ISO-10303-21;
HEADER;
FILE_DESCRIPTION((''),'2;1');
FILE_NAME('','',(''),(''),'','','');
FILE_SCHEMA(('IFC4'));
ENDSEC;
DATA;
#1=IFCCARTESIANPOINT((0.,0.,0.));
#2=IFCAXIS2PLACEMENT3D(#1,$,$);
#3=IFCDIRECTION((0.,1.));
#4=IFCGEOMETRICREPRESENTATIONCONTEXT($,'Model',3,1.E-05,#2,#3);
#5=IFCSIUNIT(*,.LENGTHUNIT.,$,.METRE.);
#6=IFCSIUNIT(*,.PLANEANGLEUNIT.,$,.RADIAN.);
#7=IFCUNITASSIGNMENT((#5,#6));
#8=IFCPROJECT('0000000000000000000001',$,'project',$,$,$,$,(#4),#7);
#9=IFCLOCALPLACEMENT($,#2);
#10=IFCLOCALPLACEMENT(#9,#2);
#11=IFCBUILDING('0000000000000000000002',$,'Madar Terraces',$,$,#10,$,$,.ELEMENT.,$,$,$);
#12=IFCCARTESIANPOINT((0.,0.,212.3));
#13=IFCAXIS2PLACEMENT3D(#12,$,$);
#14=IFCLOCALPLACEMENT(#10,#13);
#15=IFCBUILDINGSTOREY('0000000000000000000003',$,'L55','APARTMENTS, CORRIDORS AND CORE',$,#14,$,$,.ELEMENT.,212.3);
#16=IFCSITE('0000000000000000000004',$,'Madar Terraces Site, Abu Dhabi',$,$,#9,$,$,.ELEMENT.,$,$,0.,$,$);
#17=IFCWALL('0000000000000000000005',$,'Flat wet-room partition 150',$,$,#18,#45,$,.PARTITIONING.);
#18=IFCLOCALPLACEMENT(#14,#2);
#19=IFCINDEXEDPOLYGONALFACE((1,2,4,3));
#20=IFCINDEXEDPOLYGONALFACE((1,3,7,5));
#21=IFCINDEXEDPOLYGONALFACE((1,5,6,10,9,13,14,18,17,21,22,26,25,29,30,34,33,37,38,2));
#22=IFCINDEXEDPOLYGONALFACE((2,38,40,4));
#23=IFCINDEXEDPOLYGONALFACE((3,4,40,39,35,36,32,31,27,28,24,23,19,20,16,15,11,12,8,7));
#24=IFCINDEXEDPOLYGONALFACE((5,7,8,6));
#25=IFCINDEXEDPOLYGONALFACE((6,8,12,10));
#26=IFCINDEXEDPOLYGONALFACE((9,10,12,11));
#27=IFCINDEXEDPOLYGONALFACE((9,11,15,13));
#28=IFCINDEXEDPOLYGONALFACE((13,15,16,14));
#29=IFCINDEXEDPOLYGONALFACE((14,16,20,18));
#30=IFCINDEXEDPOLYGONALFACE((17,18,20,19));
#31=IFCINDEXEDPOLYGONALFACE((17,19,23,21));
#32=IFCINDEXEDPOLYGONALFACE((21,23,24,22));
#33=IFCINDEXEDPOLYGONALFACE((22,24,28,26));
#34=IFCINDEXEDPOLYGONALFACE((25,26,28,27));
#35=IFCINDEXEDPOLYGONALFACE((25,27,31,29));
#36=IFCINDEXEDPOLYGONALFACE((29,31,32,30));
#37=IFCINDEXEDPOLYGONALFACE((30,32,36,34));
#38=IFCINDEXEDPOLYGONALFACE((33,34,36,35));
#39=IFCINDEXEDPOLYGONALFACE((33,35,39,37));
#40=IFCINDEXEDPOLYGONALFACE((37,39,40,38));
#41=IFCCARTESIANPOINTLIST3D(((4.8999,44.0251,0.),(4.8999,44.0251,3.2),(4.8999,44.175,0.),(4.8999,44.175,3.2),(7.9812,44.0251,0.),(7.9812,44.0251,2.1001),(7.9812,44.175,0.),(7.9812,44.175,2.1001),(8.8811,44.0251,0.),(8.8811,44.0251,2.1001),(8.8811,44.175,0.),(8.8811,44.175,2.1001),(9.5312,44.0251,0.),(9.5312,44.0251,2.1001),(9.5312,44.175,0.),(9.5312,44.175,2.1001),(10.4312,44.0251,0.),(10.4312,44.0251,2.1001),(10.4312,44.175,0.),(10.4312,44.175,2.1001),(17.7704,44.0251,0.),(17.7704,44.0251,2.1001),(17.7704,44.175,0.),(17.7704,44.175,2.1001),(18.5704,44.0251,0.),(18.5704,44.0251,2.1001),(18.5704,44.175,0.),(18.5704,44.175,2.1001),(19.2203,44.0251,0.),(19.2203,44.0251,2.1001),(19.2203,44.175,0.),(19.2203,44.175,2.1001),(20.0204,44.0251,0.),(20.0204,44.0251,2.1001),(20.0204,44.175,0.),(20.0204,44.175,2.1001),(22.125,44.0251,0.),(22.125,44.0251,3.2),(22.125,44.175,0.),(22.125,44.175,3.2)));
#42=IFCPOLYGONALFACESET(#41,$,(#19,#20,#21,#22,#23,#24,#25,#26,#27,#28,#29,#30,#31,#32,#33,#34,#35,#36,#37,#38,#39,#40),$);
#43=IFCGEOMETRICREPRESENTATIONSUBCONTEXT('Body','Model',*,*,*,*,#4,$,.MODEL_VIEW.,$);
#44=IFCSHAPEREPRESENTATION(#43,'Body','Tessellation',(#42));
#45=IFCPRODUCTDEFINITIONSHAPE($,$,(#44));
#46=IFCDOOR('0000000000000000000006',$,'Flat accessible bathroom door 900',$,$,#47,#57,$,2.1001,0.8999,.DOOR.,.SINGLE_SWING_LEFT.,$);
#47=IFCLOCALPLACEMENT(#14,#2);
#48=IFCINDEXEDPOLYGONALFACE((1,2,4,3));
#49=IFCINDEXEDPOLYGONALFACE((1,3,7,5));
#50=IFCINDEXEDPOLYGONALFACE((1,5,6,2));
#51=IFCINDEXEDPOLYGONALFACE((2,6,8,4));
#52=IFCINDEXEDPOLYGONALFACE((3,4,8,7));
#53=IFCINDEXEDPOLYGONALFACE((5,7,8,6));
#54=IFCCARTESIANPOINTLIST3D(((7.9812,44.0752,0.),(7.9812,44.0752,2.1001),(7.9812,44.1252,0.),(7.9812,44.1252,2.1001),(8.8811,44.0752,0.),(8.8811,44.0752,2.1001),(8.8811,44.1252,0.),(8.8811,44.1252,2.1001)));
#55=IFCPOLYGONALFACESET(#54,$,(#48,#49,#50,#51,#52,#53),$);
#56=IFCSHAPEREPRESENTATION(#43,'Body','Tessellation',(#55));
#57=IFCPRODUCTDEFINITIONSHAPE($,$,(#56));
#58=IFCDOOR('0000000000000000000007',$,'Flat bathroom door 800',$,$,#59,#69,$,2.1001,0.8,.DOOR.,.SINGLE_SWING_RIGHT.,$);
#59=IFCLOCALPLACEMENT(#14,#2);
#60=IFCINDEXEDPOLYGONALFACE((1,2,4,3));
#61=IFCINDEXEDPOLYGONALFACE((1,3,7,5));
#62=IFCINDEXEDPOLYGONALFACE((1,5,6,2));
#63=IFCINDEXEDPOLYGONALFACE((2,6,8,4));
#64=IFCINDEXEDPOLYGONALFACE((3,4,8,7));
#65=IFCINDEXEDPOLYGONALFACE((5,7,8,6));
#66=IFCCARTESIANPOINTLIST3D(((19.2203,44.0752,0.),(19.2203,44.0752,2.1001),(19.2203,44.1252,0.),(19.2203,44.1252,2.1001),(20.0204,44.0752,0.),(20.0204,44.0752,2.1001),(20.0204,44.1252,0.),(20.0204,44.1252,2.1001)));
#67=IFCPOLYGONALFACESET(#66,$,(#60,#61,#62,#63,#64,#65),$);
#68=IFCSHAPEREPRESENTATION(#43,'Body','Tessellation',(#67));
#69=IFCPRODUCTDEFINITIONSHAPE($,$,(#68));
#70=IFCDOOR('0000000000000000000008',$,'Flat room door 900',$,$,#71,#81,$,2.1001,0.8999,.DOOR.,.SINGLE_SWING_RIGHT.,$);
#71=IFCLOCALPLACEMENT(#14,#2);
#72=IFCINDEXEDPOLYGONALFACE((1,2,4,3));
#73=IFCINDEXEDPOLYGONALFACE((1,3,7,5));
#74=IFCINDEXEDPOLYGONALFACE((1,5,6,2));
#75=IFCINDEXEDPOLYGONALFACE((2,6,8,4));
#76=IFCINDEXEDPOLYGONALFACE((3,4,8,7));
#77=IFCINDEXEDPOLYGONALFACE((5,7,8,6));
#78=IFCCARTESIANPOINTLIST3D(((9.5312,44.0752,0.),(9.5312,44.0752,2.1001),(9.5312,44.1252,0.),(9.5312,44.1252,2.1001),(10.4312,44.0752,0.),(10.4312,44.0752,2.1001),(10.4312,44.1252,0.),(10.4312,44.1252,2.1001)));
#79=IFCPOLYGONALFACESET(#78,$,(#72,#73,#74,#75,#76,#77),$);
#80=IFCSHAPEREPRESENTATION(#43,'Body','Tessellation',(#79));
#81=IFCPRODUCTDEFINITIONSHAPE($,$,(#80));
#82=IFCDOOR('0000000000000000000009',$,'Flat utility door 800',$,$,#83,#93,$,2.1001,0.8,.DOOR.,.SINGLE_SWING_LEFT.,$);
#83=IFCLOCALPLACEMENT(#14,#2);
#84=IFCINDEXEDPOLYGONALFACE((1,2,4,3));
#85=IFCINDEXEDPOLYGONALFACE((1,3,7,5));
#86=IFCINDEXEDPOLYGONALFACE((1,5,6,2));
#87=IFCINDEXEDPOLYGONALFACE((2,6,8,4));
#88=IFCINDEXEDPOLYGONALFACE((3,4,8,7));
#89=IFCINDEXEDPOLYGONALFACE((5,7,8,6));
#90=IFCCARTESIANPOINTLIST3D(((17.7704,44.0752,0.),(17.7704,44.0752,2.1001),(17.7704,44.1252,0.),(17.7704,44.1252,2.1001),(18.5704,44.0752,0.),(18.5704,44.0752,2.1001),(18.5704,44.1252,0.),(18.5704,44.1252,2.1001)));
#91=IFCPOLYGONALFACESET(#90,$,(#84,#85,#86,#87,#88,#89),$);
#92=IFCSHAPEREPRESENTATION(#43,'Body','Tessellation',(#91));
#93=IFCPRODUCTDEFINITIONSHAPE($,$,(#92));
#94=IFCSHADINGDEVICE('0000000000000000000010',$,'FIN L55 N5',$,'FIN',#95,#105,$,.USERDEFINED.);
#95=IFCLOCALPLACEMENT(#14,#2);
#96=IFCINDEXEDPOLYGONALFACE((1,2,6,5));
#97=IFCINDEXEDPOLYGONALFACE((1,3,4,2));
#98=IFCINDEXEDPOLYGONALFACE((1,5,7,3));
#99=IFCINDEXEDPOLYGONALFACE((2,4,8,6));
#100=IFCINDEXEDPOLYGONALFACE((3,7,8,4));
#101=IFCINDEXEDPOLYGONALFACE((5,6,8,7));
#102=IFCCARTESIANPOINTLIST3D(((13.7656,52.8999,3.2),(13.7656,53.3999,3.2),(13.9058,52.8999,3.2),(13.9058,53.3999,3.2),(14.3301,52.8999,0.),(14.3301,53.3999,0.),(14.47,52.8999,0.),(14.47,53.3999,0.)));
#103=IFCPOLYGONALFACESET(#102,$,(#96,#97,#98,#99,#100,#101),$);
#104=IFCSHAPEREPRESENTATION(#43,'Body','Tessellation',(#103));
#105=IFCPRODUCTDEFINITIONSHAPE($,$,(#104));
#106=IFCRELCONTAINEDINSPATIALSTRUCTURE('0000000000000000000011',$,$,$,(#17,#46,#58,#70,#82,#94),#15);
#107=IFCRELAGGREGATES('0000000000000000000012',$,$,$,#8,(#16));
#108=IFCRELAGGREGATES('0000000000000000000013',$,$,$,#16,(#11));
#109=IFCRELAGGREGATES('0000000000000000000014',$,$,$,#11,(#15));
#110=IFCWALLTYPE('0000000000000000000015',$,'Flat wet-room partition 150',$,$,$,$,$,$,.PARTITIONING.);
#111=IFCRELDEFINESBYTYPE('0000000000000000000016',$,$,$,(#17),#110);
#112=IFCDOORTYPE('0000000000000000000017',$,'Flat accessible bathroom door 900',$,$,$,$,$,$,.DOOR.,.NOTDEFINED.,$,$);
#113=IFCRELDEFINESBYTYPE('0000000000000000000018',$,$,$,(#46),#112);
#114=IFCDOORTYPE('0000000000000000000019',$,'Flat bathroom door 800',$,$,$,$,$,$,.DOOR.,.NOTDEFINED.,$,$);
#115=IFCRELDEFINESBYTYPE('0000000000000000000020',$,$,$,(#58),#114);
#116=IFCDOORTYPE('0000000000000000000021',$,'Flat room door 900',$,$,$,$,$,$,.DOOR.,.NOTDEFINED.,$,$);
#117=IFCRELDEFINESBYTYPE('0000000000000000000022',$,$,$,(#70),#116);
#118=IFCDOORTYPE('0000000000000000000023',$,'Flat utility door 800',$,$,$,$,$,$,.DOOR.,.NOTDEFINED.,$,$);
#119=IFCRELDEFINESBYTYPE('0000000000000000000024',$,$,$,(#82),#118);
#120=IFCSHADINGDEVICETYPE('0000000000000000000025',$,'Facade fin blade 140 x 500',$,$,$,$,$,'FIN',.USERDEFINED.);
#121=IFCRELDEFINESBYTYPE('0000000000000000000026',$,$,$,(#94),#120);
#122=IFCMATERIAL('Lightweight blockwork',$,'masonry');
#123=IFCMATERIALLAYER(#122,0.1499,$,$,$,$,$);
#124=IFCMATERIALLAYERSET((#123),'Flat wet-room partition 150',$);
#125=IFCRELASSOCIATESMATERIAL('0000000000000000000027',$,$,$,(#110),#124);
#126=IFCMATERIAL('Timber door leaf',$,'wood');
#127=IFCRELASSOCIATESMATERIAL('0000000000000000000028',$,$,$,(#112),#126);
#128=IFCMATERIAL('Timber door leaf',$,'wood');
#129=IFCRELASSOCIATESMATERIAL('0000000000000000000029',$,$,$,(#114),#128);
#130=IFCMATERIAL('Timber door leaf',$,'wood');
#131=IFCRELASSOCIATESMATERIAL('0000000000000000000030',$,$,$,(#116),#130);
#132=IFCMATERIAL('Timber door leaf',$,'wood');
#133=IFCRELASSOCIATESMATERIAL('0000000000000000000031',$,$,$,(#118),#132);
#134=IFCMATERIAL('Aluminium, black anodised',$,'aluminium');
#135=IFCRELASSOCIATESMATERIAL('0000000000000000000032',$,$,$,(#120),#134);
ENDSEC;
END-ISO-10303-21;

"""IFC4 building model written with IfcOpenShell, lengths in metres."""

from ifc_helpers import new_model, si_unit, direction, frame, frame_2d, origin, place, context, subcontext, project, spatial, polyline, rectangle, outline, extrude, material, layer, layer_set, type_object, element, fill, save


model = new_model("IFC4")

# Units and contexts
model_context = context("Model", 3, precision=1e-05, world=origin(), true_north=direction((0.0, 1.0)))
body_context = subcontext(model_context, "Body", "Model", "MODEL_VIEW")
ifc_project = project(units=[si_unit("LENGTHUNIT", "METRE"), si_unit("PLANEANGLEUNIT", "RADIAN")], contexts=[model_context])

# Site, building, storey
site_placement = place(None, origin())
site = spatial("IfcSite", under=ifc_project, at=site_placement, Name="Madar Terraces Site, Abu Dhabi", CompositionType="ELEMENT", RefElevation=0.0)
building_placement = place(site_placement, origin())
building = spatial("IfcBuilding", under=site, at=building_placement, Name="Madar Terraces", CompositionType="ELEMENT")
storey_placement = place(building_placement, frame((0.0, 0.0, 212.3)))
storey = spatial("IfcBuildingStorey", under=building, at=storey_placement, Name="L55", Description="APARTMENTS, CORRIDORS AND CORE", CompositionType="ELEMENT", Elevation=212.3)

# Shared definitions
ifc_material_1 = material(Name="Lightweight blockwork", Category="masonry")
ifc_layer_1 = layer(ifc_material_1, 0.1499)
ifc_layer_set_1 = layer_set([ifc_layer_1], Name="Flat wet-room partition 150")
wall_type_1 = type_object("IfcWallType", Name="Flat wet-room partition 150", PredefinedType="PARTITIONING", material=ifc_layer_set_1)

# Wall, openings, doors
wall_1_placement = place(storey_placement, frame((22.125, 44.1001, 0.0), z_axis=(0.0, 0.0, 1.0), x_axis=(-1.0, 0.0, 0.0)))
wall_1 = element("IfcWall", 1, at=wall_1_placement, inside=storey, type_object=wall_type_1, Name="Flat wet-room partition 150", PredefinedType="PARTITIONING", context=body_context, shape_type="SweptSolid", body=[
    extrude(rectangle(XDim=17.2251, YDim=0.1499, at=frame_2d((8.6125, 0.0))), origin(), (0.0, 0.0, 1.0), 3.2),
])
opening_1_placement = place(wall_1_placement, frame((2.1047, 0.0, 0.0)))
opening_1 = element("IfcOpeningElement", 2, at=opening_1_placement, cuts=wall_1, PredefinedType="OPENING", context=body_context, shape_type="SweptSolid", body=[
    extrude(rectangle(XDim=0.8, YDim=2.1001, at=frame_2d((0.3999, 1.05))), frame((0.0, 0.085, 0.0), z_axis=(0.0, -1.0, 0.0), x_axis=(1.0, 0.0, 0.0)), (0.0, 0.0, 1.0), 0.1699),
])
opening_2_placement = place(wall_1_placement, frame((3.5547, 0.0, 0.0)))
opening_2 = element("IfcOpeningElement", 3, at=opening_2_placement, cuts=wall_1, PredefinedType="OPENING", context=body_context, shape_type="SweptSolid", body=[
    extrude(rectangle(XDim=0.8, YDim=2.1001, at=frame_2d((0.3999, 1.05))), frame((0.0, 0.085, 0.0), z_axis=(0.0, -1.0, 0.0), x_axis=(1.0, 0.0, 0.0)), (0.0, 0.0, 1.0), 0.1699),
])
opening_3_placement = place(wall_1_placement, frame((11.6938, 0.0, 0.0)))
opening_3 = element("IfcOpeningElement", 4, at=opening_3_placement, cuts=wall_1, PredefinedType="OPENING", context=body_context, shape_type="SweptSolid", body=[
    extrude(rectangle(XDim=0.8999, YDim=2.1001, at=frame_2d((0.45, 1.05))), frame((0.0, 0.085, 0.0), z_axis=(0.0, -1.0, 0.0), x_axis=(1.0, 0.0, 0.0)), (0.0, 0.0, 1.0), 0.1699),
])
opening_4_placement = place(wall_1_placement, frame((13.2439, 0.0, 0.0)))
opening_4 = element("IfcOpeningElement", 5, at=opening_4_placement, cuts=wall_1, PredefinedType="OPENING", context=body_context, shape_type="SweptSolid", body=[
    extrude(rectangle(XDim=0.8999, YDim=2.1001, at=frame_2d((0.45, 1.05))), frame((0.0, 0.085, 0.0), z_axis=(0.0, -1.0, 0.0), x_axis=(1.0, 0.0, 0.0)), (0.0, 0.0, 1.0), 0.1699),
])
ifc_material_2 = material(Name="Timber door leaf", Category="wood")
door_type_1 = type_object("IfcDoorType", Name="Flat accessible bathroom door 900", OperationType="NOTDEFINED", PredefinedType="DOOR", material=ifc_material_2)
door_1_placement = place(opening_4_placement, origin())
door_1 = element("IfcDoor", 6, at=door_1_placement, inside=storey, type_object=door_type_1, Name="Flat accessible bathroom door 900", OperationType="SINGLE_SWING_LEFT", OverallHeight=2.1001, OverallWidth=0.8999, PredefinedType="DOOR", context=body_context, shape_type="SweptSolid", body=[
    extrude(rectangle(XDim=0.8999, YDim=2.1001, at=frame_2d((0.45, 1.05))), frame((0.0, 0.0249, 0.0), z_axis=(0.0, -1.0, 0.0), x_axis=(1.0, 0.0, 0.0)), (0.0, 0.0, 1.0), 0.05),
])
fill(opening_4, door_1)
ifc_material_3 = material(Name="Timber door leaf", Category="wood")
door_type_2 = type_object("IfcDoorType", Name="Flat bathroom door 800", OperationType="NOTDEFINED", PredefinedType="DOOR", material=ifc_material_3)
door_2_placement = place(opening_1_placement, origin())
door_2 = element("IfcDoor", 7, at=door_2_placement, inside=storey, type_object=door_type_2, Name="Flat bathroom door 800", OperationType="SINGLE_SWING_RIGHT", OverallHeight=2.1001, OverallWidth=0.8, PredefinedType="DOOR", context=body_context, shape_type="SweptSolid", body=[
    extrude(rectangle(XDim=0.8, YDim=2.1001, at=frame_2d((0.3999, 1.05))), frame((0.0, 0.0249, 0.0), z_axis=(0.0, -1.0, 0.0), x_axis=(1.0, 0.0, 0.0)), (0.0, 0.0, 1.0), 0.05),
])
fill(opening_1, door_2)
ifc_material_4 = material(Name="Timber door leaf", Category="wood")
door_type_3 = type_object("IfcDoorType", Name="Flat room door 900", OperationType="NOTDEFINED", PredefinedType="DOOR", material=ifc_material_4)
door_3_placement = place(opening_3_placement, origin())
door_3 = element("IfcDoor", 8, at=door_3_placement, inside=storey, type_object=door_type_3, Name="Flat room door 900", OperationType="SINGLE_SWING_RIGHT", OverallHeight=2.1001, OverallWidth=0.8999, PredefinedType="DOOR", context=body_context, shape_type="SweptSolid", body=[
    extrude(rectangle(XDim=0.8999, YDim=2.1001, at=frame_2d((0.45, 1.05))), frame((0.0, 0.0249, 0.0), z_axis=(0.0, -1.0, 0.0), x_axis=(1.0, 0.0, 0.0)), (0.0, 0.0, 1.0), 0.05),
])
fill(opening_3, door_3)
ifc_material_5 = material(Name="Timber door leaf", Category="wood")
door_type_4 = type_object("IfcDoorType", Name="Flat utility door 800", OperationType="NOTDEFINED", PredefinedType="DOOR", material=ifc_material_5)
door_4_placement = place(opening_2_placement, origin())
door_4 = element("IfcDoor", 9, at=door_4_placement, inside=storey, type_object=door_type_4, Name="Flat utility door 800", OperationType="SINGLE_SWING_LEFT", OverallHeight=2.1001, OverallWidth=0.8, PredefinedType="DOOR", context=body_context, shape_type="SweptSolid", body=[
    extrude(rectangle(XDim=0.8, YDim=2.1001, at=frame_2d((0.3999, 1.05))), frame((0.0, 0.0249, 0.0), z_axis=(0.0, -1.0, 0.0), x_axis=(1.0, 0.0, 0.0)), (0.0, 0.0, 1.0), 0.05),
])
fill(opening_2, door_4)

# Shading device
ifc_material_6 = material(Name="Aluminium, black anodised", Category="aluminium")
shading_device_type = type_object("IfcShadingDeviceType", Name="Facade fin blade 140 x 500", ElementType="FIN", PredefinedType="USERDEFINED", material=ifc_material_6)
shading_device_placement = place(storey_placement, frame((14.47, 53.1499, 0.0), z_axis=(0.0, 0.0, 1.0), x_axis=(-1.0, 0.0, 0.0)))
element("IfcShadingDevice", 10, at=shading_device_placement, inside=storey, type_object=shading_device_type, Name="FIN L55 N5", ObjectType="FIN", PredefinedType="USERDEFINED", context=body_context, shape_type="SweptSolid", body=[
    extrude(outline(polyline([(0.0, 0.0), (0.1399, 0.0), (0.7043, 3.2), (0.5642, 3.2), (0.0, 0.0)])), frame((0.0, 0.25, 0.0), z_axis=(0.0, -1.0, 0.0), x_axis=(1.0, 0.0, 0.0)), (0.0, 0.0, 1.0), 0.5),
])

save(model, "model.ifc")
